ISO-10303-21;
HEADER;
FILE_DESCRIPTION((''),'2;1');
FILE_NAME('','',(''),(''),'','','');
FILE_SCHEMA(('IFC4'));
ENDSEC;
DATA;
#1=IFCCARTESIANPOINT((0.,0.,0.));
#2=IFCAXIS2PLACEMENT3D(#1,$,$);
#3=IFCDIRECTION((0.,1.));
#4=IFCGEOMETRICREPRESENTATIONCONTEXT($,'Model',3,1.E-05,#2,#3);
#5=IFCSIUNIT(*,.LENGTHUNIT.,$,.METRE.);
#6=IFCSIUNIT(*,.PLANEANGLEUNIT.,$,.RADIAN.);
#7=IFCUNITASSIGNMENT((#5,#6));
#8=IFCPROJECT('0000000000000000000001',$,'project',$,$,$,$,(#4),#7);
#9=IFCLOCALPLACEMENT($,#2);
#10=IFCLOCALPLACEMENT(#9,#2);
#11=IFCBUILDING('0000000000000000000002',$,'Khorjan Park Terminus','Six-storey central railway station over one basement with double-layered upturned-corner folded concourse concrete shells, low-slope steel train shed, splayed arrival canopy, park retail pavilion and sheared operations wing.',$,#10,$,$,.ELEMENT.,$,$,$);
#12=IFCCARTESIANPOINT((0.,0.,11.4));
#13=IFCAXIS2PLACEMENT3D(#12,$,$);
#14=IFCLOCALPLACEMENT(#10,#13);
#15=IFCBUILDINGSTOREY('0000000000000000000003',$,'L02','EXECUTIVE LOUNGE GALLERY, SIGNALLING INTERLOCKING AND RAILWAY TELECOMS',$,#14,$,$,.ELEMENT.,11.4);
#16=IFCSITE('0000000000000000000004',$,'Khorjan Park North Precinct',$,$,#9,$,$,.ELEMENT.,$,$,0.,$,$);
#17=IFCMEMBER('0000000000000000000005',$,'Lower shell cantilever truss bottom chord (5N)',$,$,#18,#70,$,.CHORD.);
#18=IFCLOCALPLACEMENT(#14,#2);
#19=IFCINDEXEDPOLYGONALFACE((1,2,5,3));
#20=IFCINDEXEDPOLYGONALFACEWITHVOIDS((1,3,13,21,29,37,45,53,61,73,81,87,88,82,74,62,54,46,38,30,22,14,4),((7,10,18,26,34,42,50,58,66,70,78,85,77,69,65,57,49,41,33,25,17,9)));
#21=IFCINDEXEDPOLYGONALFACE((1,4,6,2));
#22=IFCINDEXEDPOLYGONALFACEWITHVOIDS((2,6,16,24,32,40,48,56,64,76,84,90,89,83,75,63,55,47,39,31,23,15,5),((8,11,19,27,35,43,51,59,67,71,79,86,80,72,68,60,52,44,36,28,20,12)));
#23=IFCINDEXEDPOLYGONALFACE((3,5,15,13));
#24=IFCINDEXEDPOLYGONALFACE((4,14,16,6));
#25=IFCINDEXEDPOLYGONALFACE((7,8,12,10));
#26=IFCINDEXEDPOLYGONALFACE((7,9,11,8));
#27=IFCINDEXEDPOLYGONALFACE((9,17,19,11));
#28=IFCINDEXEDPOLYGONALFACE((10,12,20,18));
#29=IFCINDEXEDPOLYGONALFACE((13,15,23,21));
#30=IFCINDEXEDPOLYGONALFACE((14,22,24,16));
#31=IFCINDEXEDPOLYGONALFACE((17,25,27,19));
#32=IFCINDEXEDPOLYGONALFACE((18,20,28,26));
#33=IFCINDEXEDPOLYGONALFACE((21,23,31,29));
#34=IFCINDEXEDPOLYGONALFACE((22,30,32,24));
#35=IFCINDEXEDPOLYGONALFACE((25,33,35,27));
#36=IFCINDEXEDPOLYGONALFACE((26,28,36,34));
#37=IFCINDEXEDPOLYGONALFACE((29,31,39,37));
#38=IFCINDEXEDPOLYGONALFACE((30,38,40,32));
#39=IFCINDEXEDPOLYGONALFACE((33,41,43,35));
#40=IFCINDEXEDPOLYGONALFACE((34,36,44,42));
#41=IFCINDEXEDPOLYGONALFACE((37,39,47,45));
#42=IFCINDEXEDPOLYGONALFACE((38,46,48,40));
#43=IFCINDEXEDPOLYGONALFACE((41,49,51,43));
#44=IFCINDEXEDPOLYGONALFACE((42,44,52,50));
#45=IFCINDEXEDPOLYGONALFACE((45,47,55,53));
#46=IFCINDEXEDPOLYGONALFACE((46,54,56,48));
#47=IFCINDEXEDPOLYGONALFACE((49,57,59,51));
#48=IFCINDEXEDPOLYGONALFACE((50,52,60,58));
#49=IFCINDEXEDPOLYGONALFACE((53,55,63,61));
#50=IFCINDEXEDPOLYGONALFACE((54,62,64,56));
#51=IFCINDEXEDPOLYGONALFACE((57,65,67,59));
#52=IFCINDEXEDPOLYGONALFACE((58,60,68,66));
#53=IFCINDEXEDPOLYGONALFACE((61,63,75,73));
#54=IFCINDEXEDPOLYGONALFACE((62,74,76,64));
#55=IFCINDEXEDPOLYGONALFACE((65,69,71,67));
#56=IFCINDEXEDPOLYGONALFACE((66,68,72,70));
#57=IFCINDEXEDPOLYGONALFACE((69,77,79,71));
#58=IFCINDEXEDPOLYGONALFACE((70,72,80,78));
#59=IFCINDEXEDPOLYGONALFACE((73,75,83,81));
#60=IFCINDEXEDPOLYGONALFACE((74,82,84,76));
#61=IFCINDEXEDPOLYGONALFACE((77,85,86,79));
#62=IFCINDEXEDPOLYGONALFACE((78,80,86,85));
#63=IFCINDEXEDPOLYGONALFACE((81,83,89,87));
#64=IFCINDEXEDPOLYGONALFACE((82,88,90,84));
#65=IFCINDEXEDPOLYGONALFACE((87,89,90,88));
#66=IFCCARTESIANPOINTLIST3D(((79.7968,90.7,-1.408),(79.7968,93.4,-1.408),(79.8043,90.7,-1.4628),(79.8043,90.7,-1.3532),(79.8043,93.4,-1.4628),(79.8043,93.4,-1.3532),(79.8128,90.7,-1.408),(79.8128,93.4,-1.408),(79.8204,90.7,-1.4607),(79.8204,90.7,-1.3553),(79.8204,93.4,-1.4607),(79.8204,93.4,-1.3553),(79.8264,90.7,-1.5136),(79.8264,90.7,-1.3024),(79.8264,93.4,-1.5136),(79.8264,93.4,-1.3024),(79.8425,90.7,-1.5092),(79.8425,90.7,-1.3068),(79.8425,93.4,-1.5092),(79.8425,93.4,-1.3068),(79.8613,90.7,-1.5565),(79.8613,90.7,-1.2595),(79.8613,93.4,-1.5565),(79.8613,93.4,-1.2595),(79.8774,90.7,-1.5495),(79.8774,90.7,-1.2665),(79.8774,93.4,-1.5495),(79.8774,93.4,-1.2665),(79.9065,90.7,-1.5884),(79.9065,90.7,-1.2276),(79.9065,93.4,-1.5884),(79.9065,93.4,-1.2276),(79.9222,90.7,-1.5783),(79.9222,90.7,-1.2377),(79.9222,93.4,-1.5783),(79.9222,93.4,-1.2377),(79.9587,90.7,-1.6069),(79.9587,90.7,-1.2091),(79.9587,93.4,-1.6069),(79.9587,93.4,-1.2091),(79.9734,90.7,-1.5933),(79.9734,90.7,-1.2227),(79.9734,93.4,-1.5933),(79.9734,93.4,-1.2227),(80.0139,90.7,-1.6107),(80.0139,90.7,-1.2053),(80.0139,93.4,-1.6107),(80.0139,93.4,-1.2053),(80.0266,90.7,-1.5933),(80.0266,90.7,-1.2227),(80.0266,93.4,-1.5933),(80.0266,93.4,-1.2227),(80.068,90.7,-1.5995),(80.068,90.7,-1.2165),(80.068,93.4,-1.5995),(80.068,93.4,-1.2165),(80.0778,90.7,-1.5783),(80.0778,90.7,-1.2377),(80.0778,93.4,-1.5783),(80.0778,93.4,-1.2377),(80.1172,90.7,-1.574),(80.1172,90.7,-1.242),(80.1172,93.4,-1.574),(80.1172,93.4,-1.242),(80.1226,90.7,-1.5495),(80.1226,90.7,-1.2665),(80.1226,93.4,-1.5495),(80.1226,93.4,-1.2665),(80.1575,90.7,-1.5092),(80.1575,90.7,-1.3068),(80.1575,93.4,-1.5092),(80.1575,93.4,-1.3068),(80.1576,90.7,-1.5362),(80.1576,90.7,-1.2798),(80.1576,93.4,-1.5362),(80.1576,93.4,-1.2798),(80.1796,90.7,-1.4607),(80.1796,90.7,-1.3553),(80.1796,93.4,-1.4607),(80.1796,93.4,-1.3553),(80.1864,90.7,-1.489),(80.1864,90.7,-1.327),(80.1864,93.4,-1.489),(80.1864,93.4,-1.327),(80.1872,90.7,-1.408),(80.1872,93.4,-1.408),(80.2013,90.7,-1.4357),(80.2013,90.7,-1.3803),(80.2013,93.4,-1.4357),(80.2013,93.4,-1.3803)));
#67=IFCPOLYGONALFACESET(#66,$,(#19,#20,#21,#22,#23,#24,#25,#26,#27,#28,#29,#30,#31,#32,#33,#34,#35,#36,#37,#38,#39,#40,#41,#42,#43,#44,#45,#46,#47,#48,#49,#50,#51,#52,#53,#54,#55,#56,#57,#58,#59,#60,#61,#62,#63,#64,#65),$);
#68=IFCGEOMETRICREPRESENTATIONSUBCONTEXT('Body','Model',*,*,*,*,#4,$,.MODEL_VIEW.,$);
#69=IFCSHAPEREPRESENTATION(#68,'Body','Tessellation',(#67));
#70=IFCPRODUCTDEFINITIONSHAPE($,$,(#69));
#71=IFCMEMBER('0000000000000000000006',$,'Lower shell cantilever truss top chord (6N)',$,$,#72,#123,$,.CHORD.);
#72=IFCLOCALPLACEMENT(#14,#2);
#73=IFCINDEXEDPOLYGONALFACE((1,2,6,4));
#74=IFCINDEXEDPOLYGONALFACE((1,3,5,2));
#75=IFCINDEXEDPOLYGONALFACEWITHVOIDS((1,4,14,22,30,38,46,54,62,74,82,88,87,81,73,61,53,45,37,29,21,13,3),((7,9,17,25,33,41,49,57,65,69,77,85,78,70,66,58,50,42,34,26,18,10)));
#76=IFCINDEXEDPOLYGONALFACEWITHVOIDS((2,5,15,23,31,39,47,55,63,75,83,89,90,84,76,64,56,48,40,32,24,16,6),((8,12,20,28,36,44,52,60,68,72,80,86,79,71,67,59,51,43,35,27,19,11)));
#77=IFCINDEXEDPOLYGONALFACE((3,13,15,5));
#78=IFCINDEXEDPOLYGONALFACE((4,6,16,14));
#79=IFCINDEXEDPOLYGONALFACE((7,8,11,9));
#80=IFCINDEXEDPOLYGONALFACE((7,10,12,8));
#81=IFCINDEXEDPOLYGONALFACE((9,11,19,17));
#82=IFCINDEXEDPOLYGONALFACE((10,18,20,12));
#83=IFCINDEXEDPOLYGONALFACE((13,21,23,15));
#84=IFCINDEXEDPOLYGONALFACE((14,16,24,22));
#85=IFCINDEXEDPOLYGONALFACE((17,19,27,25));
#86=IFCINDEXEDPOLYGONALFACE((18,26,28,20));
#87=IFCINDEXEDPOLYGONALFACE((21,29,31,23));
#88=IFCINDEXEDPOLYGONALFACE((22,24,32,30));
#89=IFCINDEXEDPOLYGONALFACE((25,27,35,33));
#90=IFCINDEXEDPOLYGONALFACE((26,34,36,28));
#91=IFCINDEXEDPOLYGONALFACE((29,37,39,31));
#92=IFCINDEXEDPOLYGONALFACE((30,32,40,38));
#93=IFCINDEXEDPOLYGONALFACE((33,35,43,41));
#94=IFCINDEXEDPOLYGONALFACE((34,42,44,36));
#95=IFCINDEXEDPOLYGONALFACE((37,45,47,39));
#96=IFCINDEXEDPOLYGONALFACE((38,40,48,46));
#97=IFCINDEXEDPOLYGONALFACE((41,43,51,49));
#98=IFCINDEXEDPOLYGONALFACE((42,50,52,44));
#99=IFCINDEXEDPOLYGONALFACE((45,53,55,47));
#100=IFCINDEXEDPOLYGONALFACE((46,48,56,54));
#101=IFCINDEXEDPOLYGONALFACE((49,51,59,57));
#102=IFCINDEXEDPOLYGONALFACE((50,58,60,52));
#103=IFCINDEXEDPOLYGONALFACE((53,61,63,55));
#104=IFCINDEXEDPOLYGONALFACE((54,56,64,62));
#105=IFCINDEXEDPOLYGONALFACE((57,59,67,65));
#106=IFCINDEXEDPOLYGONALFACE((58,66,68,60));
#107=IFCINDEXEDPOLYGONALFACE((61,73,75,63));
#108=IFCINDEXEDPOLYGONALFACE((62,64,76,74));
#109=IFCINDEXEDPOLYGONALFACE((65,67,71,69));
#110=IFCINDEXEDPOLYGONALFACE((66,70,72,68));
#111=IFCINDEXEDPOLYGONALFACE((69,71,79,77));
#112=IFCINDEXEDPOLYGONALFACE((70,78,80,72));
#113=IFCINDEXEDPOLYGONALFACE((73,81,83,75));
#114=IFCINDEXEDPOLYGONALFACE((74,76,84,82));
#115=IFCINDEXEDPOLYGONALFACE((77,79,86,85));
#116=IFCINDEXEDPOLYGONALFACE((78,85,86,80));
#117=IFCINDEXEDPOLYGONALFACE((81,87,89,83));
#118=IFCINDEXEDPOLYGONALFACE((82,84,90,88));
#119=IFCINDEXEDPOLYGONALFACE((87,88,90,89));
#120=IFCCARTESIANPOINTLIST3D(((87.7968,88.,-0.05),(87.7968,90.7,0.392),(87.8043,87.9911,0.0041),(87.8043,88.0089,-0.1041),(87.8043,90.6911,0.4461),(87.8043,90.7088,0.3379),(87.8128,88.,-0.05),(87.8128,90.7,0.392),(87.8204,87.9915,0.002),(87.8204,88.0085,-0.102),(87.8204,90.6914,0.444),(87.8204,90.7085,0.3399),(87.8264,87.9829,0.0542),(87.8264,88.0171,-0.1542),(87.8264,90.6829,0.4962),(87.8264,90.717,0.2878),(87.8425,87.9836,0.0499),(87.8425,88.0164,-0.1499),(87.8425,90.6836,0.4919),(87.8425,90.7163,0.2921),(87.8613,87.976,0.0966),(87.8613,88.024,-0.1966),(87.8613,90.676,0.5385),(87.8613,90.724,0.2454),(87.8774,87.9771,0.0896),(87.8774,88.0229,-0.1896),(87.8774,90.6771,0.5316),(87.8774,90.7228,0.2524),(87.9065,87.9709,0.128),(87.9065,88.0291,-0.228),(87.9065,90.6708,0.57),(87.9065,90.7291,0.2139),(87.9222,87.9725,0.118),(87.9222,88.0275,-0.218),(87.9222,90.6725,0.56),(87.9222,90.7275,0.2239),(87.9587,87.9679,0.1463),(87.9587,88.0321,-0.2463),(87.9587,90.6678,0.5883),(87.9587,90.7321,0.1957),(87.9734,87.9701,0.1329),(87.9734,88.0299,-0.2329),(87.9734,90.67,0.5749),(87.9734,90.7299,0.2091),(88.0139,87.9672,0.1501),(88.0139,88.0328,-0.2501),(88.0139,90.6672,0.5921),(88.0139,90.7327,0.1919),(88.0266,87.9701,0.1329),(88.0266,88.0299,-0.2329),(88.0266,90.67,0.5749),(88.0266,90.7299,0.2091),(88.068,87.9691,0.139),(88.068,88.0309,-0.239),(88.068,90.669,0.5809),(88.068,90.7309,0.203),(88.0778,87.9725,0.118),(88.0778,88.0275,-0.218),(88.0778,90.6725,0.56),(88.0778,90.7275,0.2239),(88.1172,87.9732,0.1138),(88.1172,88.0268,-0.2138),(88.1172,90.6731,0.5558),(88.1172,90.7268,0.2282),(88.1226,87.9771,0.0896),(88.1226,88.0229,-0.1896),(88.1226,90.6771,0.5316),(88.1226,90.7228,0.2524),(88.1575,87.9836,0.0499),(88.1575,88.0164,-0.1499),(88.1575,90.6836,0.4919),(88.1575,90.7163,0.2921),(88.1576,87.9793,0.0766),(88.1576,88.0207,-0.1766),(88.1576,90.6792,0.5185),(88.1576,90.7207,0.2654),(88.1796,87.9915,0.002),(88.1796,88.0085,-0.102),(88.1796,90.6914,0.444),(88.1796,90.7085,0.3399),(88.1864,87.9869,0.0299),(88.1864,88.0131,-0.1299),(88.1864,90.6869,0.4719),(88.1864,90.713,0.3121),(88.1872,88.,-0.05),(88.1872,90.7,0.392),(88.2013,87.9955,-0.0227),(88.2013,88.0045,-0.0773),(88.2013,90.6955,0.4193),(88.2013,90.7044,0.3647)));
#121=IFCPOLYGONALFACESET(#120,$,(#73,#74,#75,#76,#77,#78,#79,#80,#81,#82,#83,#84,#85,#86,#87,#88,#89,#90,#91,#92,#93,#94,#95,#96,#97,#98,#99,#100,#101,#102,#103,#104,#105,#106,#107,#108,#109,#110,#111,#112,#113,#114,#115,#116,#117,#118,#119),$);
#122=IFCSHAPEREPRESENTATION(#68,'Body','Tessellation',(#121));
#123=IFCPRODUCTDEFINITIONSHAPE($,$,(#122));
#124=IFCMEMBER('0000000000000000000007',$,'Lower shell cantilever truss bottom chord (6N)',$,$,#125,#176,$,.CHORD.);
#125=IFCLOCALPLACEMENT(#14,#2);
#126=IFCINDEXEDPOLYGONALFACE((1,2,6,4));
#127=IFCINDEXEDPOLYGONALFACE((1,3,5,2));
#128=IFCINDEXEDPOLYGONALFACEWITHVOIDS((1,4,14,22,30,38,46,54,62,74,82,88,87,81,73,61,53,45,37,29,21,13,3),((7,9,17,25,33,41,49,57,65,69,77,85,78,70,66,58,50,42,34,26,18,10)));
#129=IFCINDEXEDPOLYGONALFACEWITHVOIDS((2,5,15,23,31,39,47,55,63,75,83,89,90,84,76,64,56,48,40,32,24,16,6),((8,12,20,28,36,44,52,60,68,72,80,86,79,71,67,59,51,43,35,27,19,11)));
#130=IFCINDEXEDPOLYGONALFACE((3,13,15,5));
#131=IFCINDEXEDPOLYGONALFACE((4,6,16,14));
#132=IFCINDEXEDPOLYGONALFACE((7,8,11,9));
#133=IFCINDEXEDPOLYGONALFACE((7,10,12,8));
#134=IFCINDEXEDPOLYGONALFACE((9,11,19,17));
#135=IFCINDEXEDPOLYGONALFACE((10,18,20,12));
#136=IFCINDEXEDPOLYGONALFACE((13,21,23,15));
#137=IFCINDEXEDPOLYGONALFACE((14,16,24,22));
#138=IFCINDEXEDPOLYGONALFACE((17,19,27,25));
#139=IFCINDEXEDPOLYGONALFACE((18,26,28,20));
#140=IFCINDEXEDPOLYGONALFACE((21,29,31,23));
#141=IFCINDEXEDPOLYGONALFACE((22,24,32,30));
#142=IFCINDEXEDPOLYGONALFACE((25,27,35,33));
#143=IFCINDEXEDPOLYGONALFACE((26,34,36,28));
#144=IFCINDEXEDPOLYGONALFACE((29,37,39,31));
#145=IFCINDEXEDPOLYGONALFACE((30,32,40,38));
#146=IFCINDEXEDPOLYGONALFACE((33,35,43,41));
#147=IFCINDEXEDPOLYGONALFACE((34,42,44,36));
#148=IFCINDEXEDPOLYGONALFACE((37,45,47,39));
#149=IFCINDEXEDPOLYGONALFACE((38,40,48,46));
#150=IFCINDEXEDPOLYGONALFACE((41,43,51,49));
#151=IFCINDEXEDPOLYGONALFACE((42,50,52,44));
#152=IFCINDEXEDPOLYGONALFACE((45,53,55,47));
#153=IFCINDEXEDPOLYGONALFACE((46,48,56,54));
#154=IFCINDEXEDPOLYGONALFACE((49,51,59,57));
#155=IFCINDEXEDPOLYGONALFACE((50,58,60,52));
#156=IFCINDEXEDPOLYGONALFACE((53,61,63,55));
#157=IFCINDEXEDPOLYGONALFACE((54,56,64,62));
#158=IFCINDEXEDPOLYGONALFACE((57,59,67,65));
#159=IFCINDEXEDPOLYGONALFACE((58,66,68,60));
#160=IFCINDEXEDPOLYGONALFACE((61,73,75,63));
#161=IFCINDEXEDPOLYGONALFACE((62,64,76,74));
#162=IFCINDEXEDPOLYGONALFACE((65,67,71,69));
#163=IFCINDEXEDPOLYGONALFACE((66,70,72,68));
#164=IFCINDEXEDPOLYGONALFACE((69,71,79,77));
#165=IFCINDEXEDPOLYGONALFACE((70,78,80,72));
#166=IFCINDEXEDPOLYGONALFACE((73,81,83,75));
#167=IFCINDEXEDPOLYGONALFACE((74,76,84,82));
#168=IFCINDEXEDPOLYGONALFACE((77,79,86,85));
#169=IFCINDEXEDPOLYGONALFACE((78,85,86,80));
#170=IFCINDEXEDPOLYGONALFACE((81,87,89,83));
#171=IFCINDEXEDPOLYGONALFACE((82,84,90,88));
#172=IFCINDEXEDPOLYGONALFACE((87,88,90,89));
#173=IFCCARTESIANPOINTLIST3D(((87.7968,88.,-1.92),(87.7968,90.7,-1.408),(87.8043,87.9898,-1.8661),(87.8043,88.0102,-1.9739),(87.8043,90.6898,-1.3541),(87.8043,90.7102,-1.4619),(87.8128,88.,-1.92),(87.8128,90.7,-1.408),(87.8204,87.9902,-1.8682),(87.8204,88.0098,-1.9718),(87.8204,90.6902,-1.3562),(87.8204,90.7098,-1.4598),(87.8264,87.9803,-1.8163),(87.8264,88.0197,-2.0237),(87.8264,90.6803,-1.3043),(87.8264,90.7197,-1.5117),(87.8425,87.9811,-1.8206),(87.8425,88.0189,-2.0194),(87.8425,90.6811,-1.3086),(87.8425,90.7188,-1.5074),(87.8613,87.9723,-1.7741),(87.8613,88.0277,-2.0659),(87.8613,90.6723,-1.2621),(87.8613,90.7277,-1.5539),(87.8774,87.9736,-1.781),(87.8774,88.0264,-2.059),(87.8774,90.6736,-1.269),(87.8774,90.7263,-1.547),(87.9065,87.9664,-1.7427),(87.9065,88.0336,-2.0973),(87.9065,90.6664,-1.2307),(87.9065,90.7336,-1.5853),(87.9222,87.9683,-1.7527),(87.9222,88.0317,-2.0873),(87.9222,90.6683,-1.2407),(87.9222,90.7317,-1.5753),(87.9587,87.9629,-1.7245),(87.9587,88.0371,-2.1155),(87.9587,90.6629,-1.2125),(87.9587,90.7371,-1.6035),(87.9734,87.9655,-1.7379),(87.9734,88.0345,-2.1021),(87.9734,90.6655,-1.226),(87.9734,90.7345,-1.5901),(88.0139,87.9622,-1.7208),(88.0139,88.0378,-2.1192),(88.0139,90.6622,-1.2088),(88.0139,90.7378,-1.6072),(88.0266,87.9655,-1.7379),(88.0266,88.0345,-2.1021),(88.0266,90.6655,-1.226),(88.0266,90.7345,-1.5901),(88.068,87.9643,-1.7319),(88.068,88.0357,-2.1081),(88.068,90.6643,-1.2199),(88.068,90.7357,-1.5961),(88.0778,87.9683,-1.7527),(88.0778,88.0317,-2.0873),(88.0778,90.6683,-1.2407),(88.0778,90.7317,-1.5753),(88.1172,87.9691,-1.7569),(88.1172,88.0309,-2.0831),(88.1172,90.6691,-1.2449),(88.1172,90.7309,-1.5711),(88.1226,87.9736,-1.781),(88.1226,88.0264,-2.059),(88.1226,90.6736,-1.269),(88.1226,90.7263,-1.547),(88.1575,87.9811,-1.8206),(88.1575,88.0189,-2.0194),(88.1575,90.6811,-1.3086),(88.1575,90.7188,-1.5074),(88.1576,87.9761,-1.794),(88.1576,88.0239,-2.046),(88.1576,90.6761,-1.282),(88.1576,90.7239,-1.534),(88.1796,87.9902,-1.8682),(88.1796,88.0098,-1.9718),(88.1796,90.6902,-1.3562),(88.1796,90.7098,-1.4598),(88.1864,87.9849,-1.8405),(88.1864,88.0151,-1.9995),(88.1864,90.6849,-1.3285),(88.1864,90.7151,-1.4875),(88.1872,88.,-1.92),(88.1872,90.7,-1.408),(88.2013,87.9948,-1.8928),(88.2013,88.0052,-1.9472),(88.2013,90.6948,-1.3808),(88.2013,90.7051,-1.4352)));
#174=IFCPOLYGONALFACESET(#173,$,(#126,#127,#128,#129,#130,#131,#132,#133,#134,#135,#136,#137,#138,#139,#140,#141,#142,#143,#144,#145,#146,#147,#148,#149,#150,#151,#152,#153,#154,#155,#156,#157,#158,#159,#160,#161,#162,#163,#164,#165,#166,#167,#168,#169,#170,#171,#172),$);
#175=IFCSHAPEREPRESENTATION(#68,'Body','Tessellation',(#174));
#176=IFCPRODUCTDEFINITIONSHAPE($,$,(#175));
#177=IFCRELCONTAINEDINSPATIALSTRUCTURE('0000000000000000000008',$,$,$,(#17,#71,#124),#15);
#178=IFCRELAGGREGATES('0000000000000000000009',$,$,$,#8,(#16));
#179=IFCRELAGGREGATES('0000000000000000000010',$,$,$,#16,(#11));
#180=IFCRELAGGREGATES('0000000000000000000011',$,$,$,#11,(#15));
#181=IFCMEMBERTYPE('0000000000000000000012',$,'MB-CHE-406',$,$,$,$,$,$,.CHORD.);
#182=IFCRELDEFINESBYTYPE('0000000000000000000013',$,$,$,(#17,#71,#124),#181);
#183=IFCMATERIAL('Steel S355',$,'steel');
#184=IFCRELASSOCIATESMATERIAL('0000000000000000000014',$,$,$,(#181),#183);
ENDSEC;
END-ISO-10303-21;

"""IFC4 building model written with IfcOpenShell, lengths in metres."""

from ifc_helpers import new_model, si_unit, direction, frame, origin, origin_2d, place, context, subcontext, project, spatial, hollow_circle, extrude, material, material_profile, profile_set, type_object, element, save


model = new_model("IFC4")

# Units and contexts
model_context = context("Model", 3, precision=1e-05, world=origin(), true_north=direction((0.0, 1.0)))
body_context = subcontext(model_context, "Body", "Model", "MODEL_VIEW")
ifc_project = project(units=[si_unit("LENGTHUNIT", "METRE"), si_unit("PLANEANGLEUNIT", "RADIAN")], contexts=[model_context])

# Site, building, storey
site_placement = place(None, origin())
site = spatial("IfcSite", under=ifc_project, at=site_placement, Name="Khorjan Park North Precinct", CompositionType="ELEMENT", RefElevation=0.0)
building_placement = place(site_placement, origin())
building = spatial("IfcBuilding", under=site, at=building_placement, Name="Khorjan Park Terminus", Description="Six-storey central railway station over one basement with double-layered upturned-corner folded concourse concrete shells, low-slope steel train shed, splayed arrival canopy, park retail pavilion and sheared operations wing.", CompositionType="ELEMENT")
storey_placement = place(building_placement, frame((0.0, 0.0, 11.4)))
storey = spatial("IfcBuildingStorey", under=building, at=storey_placement, Name="L02", Description="EXECUTIVE LOUNGE GALLERY, SIGNALLING INTERLOCKING AND RAILWAY TELECOMS", CompositionType="ELEMENT", Elevation=11.4)

# Members
ifc_material_1 = material(Name="Steel S355", Category="steel")
ifc_material_profile_1 = material_profile(ifc_material_1, hollow_circle(Radius=0.2032, WallThickness=0.016, at=origin_2d()), Name="CHS 406.4x16")
ifc_profile_set_1 = profile_set([ifc_material_profile_1], Name="Steel S355")
member_type_1 = type_object("IfcMemberType", Name="MB-CHE-406", PredefinedType="CHORD", material=ifc_profile_set_1)
for number, where, z_axis, x_axis, name in (
    (1, (80.0, 90.7, -1.408), (0.0, 1.0, 0.0), (-1.0, 0.0, 0.0), "Lower shell cantilever truss bottom chord (5N)"),
):
    element("IfcMember", number, at=place(storey_placement, frame(where, z_axis=z_axis, x_axis=x_axis)), inside=storey, type_object=member_type_1, Name=name, PredefinedType="CHORD", context=body_context, shape_type="SweptSolid", body=[
        extrude(hollow_circle(Radius=0.2032, WallThickness=0.016, at=origin_2d()), origin(), (0.0, 0.0, 1.0), 2.7),
    ])
member_1_placement = place(storey_placement, frame((88.0, 88.0, -0.05), z_axis=(0.0, 0.986864, 0.161553), x_axis=(-1.0, 0.0, 0.0)))
element("IfcMember", 2, at=member_1_placement, inside=storey, type_object=member_type_1, Name="Lower shell cantilever truss top chord (6N)", PredefinedType="CHORD", context=body_context, shape_type="SweptSolid", body=[
    extrude(hollow_circle(Radius=0.2032, WallThickness=0.016, at=origin_2d()), origin(), (0.0, 0.0, 1.0), 2.7359),
])
member_2_placement = place(storey_placement, frame((88.0, 88.0, -1.92), z_axis=(0.0, 0.982491, 0.186309), x_axis=(-1.0, 0.0, 0.0)))
element("IfcMember", 3, at=member_2_placement, inside=storey, type_object=member_type_1, Name="Lower shell cantilever truss bottom chord (6N)", PredefinedType="CHORD", context=body_context, shape_type="SweptSolid", body=[
    extrude(hollow_circle(Radius=0.2032, WallThickness=0.016, at=origin_2d()), origin(), (0.0, 0.0, 1.0), 2.7481),
])

save(model, "model.ifc")
